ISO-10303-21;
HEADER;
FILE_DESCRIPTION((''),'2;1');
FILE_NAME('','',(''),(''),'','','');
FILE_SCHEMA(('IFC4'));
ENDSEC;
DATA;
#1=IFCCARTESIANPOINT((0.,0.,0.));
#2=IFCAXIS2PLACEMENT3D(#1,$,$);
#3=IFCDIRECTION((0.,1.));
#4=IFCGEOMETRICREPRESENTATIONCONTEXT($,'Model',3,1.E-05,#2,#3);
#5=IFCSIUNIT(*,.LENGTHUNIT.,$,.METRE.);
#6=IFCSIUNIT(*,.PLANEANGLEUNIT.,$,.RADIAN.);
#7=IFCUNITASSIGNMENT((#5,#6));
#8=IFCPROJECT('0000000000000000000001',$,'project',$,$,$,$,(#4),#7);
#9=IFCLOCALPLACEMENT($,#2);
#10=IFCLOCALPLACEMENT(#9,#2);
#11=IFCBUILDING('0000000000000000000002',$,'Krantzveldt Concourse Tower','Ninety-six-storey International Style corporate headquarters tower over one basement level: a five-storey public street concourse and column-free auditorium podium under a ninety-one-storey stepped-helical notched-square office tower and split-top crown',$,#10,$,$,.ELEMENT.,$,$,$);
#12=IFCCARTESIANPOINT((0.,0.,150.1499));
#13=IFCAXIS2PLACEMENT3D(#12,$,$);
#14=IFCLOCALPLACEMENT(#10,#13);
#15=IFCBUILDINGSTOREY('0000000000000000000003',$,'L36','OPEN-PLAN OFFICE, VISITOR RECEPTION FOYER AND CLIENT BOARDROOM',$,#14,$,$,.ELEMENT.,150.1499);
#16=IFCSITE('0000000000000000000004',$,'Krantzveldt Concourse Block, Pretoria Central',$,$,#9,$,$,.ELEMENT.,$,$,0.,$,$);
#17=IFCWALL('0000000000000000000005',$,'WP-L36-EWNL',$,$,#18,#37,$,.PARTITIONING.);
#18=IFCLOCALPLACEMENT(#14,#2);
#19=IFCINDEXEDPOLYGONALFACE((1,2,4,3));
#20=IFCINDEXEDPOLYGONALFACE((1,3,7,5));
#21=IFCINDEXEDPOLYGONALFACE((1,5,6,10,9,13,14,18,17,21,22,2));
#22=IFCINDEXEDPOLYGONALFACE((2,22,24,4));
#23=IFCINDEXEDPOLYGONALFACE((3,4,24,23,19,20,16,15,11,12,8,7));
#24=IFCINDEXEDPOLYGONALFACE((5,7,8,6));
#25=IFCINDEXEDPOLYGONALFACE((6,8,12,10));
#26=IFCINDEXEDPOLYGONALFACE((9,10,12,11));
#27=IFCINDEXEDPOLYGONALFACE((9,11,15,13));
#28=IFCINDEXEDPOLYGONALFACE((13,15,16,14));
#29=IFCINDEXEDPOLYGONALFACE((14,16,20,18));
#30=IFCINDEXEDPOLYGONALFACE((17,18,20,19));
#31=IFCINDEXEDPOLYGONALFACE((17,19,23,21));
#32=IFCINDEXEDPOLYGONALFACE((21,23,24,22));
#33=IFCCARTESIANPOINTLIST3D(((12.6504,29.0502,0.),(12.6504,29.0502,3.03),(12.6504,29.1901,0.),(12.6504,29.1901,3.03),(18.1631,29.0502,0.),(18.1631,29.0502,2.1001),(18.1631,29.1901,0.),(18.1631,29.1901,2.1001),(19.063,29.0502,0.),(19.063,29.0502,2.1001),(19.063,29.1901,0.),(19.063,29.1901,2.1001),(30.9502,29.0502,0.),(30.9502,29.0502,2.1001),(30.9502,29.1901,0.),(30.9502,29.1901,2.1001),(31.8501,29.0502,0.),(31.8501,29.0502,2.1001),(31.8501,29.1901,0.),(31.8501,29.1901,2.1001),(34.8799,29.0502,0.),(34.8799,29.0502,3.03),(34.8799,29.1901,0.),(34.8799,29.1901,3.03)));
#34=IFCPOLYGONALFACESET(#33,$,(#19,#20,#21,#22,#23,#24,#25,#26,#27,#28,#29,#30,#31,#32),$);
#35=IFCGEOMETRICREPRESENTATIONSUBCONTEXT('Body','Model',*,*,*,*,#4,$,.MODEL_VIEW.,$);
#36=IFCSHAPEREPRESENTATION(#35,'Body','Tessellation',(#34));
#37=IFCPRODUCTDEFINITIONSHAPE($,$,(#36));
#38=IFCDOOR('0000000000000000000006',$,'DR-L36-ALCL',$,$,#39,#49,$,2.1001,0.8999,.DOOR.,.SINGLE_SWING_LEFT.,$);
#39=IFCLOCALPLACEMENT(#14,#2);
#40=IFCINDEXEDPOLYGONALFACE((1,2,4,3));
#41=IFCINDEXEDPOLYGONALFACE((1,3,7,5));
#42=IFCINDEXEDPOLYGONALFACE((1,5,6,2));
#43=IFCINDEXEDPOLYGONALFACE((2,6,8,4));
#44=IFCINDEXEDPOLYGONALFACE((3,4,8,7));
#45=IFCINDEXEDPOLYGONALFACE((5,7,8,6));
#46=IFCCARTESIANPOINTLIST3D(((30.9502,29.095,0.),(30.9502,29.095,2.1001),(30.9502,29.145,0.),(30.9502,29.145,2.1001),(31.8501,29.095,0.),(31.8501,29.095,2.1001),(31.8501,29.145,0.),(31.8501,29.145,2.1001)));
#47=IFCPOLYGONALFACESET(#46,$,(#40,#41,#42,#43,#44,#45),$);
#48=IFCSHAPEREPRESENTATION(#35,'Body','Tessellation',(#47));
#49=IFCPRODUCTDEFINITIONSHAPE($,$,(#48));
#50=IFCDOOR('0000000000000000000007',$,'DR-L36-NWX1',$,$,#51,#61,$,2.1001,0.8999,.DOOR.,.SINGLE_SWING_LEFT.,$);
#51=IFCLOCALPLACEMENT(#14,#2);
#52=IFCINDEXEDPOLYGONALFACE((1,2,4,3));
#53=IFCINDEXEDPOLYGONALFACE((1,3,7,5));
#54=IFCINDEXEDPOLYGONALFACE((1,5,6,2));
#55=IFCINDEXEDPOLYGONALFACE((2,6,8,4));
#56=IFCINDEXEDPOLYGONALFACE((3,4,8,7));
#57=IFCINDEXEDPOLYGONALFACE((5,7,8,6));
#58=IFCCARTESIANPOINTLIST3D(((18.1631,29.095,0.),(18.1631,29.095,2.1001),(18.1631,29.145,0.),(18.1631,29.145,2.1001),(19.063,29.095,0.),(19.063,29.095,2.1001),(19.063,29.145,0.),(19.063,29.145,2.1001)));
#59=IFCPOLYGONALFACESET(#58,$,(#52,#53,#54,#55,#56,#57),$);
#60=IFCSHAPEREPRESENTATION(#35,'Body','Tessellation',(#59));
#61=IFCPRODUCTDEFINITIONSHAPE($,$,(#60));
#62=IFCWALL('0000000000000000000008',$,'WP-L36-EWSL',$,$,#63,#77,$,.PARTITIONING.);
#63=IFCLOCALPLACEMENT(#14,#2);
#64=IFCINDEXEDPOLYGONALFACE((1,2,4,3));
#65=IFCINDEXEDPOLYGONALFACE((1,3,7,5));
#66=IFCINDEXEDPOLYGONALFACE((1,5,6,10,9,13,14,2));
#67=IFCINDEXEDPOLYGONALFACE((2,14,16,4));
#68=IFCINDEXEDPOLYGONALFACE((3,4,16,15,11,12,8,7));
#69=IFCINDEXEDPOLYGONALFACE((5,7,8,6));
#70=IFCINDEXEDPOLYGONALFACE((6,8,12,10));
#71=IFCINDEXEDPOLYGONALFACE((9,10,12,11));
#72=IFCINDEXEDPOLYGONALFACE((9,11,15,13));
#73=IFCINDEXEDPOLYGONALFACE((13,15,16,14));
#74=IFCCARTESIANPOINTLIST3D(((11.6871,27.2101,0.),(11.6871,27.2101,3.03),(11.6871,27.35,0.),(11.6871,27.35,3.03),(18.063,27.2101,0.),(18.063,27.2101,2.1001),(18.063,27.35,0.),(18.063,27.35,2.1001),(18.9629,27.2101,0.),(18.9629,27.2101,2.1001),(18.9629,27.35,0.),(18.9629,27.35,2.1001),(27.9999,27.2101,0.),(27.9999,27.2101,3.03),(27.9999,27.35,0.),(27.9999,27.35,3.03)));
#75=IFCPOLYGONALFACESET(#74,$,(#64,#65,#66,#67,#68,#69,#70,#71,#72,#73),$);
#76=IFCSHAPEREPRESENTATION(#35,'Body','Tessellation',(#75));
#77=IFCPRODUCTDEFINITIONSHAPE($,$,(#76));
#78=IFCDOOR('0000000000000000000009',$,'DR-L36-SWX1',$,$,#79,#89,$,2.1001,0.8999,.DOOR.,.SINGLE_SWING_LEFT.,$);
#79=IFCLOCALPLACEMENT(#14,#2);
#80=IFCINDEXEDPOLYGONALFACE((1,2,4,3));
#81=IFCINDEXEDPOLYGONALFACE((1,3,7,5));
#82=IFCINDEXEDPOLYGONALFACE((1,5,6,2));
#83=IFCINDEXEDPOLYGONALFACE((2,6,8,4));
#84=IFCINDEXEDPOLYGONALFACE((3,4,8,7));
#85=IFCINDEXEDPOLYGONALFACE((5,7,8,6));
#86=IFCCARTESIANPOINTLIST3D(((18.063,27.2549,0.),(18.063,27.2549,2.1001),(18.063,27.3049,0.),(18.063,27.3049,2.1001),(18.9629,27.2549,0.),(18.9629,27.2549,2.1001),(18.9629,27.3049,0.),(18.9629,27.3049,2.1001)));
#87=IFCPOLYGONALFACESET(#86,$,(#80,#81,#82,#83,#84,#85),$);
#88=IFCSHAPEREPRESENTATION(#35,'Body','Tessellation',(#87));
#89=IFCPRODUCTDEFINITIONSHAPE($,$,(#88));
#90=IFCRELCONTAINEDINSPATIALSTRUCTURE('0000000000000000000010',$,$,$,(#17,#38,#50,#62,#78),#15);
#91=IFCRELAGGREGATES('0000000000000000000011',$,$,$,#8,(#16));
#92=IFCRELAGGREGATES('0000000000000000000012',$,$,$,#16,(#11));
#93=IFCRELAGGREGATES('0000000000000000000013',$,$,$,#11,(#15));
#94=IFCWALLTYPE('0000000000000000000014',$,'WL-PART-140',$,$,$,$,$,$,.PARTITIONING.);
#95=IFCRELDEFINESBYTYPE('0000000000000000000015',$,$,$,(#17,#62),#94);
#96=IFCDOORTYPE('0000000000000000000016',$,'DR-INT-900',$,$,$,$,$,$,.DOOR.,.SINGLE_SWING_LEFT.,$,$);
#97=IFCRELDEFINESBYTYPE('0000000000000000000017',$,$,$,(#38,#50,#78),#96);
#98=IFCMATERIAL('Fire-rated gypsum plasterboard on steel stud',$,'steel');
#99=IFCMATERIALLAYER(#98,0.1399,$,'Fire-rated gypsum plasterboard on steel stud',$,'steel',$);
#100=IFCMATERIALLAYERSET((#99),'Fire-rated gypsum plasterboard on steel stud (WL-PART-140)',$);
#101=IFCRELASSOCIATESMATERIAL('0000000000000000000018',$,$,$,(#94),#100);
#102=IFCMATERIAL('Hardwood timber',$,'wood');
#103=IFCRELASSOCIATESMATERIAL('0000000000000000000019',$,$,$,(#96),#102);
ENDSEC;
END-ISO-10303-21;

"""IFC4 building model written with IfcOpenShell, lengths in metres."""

from ifc_helpers import new_model, si_unit, direction, frame, frame_2d, origin, place, context, subcontext, project, spatial, rectangle, extrude, material, layer, layer_set, type_object, element, fill, save


model = new_model("IFC4")

# Units and contexts
model_context = context("Model", 3, precision=1e-05, world=origin(), true_north=direction((0.0, 1.0)))
body_context = subcontext(model_context, "Body", "Model", "MODEL_VIEW")
ifc_project = project(units=[si_unit("LENGTHUNIT", "METRE"), si_unit("PLANEANGLEUNIT", "RADIAN")], contexts=[model_context])

# Site, building, storey
site_placement = place(None, origin())
site = spatial("IfcSite", under=ifc_project, at=site_placement, Name="Krantzveldt Concourse Block, Pretoria Central", CompositionType="ELEMENT", RefElevation=0.0)
building_placement = place(site_placement, origin())
building = spatial("IfcBuilding", under=site, at=building_placement, Name="Krantzveldt Concourse Tower", Description="Ninety-six-storey International Style corporate headquarters tower over one basement level: a five-storey public street concourse and column-free auditorium podium under a ninety-one-storey stepped-helical notched-square office tower and split-top crown", CompositionType="ELEMENT")
storey_placement = place(building_placement, frame((0.0, 0.0, 150.1499)))
storey = spatial("IfcBuildingStorey", under=building, at=storey_placement, Name="L36", Description="OPEN-PLAN OFFICE, VISITOR RECEPTION FOYER AND CLIENT BOARDROOM", CompositionType="ELEMENT", Elevation=150.1499)

# Wall, openings, doors
ifc_material_1 = material(Name="Fire-rated gypsum plasterboard on steel stud", Category="steel")
ifc_layer_1 = layer(ifc_material_1, 0.1399, Name="Fire-rated gypsum plasterboard on steel stud", Category="steel")
ifc_layer_set_1 = layer_set([ifc_layer_1], Name="Fire-rated gypsum plasterboard on steel stud (WL-PART-140)")
wall_type = type_object("IfcWallType", Name="WL-PART-140", PredefinedType="PARTITIONING", material=ifc_layer_set_1)
wall_1_placement = place(storey_placement, frame((12.6504, 29.1201, 0.0), z_axis=(0.0, 0.0, 1.0), x_axis=(1.0, 0.0, 0.0)))
wall_1 = element("IfcWall", 1, at=wall_1_placement, inside=storey, type_object=wall_type, Name="WP-L36-EWNL", PredefinedType="PARTITIONING", context=body_context, shape_type="SweptSolid", body=[
    extrude(rectangle(XDim=22.2295, YDim=0.1399, at=frame_2d((11.1147, 0.0))), origin(), (0.0, 0.0, 1.0), 3.03),
])
opening_1_placement = place(wall_1_placement, frame((18.2998, 0.0, 0.0)))
opening_1 = element("IfcOpeningElement", 2, at=opening_1_placement, cuts=wall_1, PredefinedType="OPENING", context=body_context, shape_type="SweptSolid", body=[
    extrude(rectangle(XDim=0.8999, YDim=2.1001, at=frame_2d((0.45, 1.05))), frame((0.0, 0.0801, 0.0), z_axis=(0.0, -1.0, 0.0), x_axis=(1.0, 0.0, 0.0)), (0.0, 0.0, 1.0), 0.1599),
])
opening_2_placement = place(wall_1_placement, frame((5.5127, 0.0, 0.0)))
opening_2 = element("IfcOpeningElement", 3, at=opening_2_placement, cuts=wall_1, PredefinedType="OPENING", context=body_context, shape_type="SweptSolid", body=[
    extrude(rectangle(XDim=0.8999, YDim=2.1001, at=frame_2d((0.45, 1.05))), frame((0.0, 0.0801, 0.0), z_axis=(0.0, -1.0, 0.0), x_axis=(1.0, 0.0, 0.0)), (0.0, 0.0, 1.0), 0.1599),
])
ifc_material_2 = material(Name="Hardwood timber", Category="wood")
door_type = type_object("IfcDoorType", Name="DR-INT-900", OperationType="SINGLE_SWING_LEFT", PredefinedType="DOOR", material=ifc_material_2)
door_1_placement = place(opening_1_placement, origin())
door_1 = element("IfcDoor", 4, at=door_1_placement, inside=storey, type_object=door_type, Name="DR-L36-ALCL", OperationType="SINGLE_SWING_LEFT", OverallHeight=2.1001, OverallWidth=0.8999, PredefinedType="DOOR", context=body_context, shape_type="SweptSolid", body=[
    extrude(rectangle(XDim=0.8999, YDim=2.1001, at=frame_2d((0.45, 1.05))), frame((0.0, 0.0249, 0.0), z_axis=(0.0, -1.0, 0.0), x_axis=(1.0, 0.0, 0.0)), (0.0, 0.0, 1.0), 0.05),
])
fill(opening_1, door_1)
door_2_placement = place(opening_2_placement, origin())
door_2 = element("IfcDoor", 5, at=door_2_placement, inside=storey, type_object=door_type, Name="DR-L36-NWX1", OperationType="SINGLE_SWING_LEFT", OverallHeight=2.1001, OverallWidth=0.8999, PredefinedType="DOOR", context=body_context, shape_type="SweptSolid", body=[
    extrude(rectangle(XDim=0.8999, YDim=2.1001, at=frame_2d((0.45, 1.05))), frame((0.0, 0.0249, 0.0), z_axis=(0.0, -1.0, 0.0), x_axis=(1.0, 0.0, 0.0)), (0.0, 0.0, 1.0), 0.05),
])
fill(opening_2, door_2)

# Wall, opening, door
wall_2_placement = place(storey_placement, frame((11.6873, 27.28, 0.0), z_axis=(0.0, 0.0, 1.0), x_axis=(1.0, 0.0, 0.0)))
wall_2 = element("IfcWall", 6, at=wall_2_placement, inside=storey, type_object=wall_type, Name="WP-L36-EWSL", PredefinedType="PARTITIONING", context=body_context, shape_type="SweptSolid", body=[
    extrude(rectangle(XDim=16.3127, YDim=0.1399, at=frame_2d((8.1562, 0.0))), origin(), (0.0, 0.0, 1.0), 3.03),
])
opening_3_placement = place(wall_2_placement, frame((6.3757, 0.0, 0.0)))
opening_3 = element("IfcOpeningElement", 7, at=opening_3_placement, cuts=wall_2, PredefinedType="OPENING", context=body_context, shape_type="SweptSolid", body=[
    extrude(rectangle(XDim=0.8999, YDim=2.1001, at=frame_2d((0.45, 1.05))), frame((0.0, 0.0801, 0.0), z_axis=(0.0, -1.0, 0.0), x_axis=(1.0, 0.0, 0.0)), (0.0, 0.0, 1.0), 0.1599),
])
door_3_placement = place(opening_3_placement, origin())
door_3 = element("IfcDoor", 8, at=door_3_placement, inside=storey, type_object=door_type, Name="DR-L36-SWX1", OperationType="SINGLE_SWING_LEFT", OverallHeight=2.1001, OverallWidth=0.8999, PredefinedType="DOOR", context=body_context, shape_type="SweptSolid", body=[
    extrude(rectangle(XDim=0.8999, YDim=2.1001, at=frame_2d((0.45, 1.05))), frame((0.0, 0.0249, 0.0), z_axis=(0.0, -1.0, 0.0), x_axis=(1.0, 0.0, 0.0)), (0.0, 0.0, 1.0), 0.05),
])
fill(opening_3, door_3)

save(model, "model.ifc")
